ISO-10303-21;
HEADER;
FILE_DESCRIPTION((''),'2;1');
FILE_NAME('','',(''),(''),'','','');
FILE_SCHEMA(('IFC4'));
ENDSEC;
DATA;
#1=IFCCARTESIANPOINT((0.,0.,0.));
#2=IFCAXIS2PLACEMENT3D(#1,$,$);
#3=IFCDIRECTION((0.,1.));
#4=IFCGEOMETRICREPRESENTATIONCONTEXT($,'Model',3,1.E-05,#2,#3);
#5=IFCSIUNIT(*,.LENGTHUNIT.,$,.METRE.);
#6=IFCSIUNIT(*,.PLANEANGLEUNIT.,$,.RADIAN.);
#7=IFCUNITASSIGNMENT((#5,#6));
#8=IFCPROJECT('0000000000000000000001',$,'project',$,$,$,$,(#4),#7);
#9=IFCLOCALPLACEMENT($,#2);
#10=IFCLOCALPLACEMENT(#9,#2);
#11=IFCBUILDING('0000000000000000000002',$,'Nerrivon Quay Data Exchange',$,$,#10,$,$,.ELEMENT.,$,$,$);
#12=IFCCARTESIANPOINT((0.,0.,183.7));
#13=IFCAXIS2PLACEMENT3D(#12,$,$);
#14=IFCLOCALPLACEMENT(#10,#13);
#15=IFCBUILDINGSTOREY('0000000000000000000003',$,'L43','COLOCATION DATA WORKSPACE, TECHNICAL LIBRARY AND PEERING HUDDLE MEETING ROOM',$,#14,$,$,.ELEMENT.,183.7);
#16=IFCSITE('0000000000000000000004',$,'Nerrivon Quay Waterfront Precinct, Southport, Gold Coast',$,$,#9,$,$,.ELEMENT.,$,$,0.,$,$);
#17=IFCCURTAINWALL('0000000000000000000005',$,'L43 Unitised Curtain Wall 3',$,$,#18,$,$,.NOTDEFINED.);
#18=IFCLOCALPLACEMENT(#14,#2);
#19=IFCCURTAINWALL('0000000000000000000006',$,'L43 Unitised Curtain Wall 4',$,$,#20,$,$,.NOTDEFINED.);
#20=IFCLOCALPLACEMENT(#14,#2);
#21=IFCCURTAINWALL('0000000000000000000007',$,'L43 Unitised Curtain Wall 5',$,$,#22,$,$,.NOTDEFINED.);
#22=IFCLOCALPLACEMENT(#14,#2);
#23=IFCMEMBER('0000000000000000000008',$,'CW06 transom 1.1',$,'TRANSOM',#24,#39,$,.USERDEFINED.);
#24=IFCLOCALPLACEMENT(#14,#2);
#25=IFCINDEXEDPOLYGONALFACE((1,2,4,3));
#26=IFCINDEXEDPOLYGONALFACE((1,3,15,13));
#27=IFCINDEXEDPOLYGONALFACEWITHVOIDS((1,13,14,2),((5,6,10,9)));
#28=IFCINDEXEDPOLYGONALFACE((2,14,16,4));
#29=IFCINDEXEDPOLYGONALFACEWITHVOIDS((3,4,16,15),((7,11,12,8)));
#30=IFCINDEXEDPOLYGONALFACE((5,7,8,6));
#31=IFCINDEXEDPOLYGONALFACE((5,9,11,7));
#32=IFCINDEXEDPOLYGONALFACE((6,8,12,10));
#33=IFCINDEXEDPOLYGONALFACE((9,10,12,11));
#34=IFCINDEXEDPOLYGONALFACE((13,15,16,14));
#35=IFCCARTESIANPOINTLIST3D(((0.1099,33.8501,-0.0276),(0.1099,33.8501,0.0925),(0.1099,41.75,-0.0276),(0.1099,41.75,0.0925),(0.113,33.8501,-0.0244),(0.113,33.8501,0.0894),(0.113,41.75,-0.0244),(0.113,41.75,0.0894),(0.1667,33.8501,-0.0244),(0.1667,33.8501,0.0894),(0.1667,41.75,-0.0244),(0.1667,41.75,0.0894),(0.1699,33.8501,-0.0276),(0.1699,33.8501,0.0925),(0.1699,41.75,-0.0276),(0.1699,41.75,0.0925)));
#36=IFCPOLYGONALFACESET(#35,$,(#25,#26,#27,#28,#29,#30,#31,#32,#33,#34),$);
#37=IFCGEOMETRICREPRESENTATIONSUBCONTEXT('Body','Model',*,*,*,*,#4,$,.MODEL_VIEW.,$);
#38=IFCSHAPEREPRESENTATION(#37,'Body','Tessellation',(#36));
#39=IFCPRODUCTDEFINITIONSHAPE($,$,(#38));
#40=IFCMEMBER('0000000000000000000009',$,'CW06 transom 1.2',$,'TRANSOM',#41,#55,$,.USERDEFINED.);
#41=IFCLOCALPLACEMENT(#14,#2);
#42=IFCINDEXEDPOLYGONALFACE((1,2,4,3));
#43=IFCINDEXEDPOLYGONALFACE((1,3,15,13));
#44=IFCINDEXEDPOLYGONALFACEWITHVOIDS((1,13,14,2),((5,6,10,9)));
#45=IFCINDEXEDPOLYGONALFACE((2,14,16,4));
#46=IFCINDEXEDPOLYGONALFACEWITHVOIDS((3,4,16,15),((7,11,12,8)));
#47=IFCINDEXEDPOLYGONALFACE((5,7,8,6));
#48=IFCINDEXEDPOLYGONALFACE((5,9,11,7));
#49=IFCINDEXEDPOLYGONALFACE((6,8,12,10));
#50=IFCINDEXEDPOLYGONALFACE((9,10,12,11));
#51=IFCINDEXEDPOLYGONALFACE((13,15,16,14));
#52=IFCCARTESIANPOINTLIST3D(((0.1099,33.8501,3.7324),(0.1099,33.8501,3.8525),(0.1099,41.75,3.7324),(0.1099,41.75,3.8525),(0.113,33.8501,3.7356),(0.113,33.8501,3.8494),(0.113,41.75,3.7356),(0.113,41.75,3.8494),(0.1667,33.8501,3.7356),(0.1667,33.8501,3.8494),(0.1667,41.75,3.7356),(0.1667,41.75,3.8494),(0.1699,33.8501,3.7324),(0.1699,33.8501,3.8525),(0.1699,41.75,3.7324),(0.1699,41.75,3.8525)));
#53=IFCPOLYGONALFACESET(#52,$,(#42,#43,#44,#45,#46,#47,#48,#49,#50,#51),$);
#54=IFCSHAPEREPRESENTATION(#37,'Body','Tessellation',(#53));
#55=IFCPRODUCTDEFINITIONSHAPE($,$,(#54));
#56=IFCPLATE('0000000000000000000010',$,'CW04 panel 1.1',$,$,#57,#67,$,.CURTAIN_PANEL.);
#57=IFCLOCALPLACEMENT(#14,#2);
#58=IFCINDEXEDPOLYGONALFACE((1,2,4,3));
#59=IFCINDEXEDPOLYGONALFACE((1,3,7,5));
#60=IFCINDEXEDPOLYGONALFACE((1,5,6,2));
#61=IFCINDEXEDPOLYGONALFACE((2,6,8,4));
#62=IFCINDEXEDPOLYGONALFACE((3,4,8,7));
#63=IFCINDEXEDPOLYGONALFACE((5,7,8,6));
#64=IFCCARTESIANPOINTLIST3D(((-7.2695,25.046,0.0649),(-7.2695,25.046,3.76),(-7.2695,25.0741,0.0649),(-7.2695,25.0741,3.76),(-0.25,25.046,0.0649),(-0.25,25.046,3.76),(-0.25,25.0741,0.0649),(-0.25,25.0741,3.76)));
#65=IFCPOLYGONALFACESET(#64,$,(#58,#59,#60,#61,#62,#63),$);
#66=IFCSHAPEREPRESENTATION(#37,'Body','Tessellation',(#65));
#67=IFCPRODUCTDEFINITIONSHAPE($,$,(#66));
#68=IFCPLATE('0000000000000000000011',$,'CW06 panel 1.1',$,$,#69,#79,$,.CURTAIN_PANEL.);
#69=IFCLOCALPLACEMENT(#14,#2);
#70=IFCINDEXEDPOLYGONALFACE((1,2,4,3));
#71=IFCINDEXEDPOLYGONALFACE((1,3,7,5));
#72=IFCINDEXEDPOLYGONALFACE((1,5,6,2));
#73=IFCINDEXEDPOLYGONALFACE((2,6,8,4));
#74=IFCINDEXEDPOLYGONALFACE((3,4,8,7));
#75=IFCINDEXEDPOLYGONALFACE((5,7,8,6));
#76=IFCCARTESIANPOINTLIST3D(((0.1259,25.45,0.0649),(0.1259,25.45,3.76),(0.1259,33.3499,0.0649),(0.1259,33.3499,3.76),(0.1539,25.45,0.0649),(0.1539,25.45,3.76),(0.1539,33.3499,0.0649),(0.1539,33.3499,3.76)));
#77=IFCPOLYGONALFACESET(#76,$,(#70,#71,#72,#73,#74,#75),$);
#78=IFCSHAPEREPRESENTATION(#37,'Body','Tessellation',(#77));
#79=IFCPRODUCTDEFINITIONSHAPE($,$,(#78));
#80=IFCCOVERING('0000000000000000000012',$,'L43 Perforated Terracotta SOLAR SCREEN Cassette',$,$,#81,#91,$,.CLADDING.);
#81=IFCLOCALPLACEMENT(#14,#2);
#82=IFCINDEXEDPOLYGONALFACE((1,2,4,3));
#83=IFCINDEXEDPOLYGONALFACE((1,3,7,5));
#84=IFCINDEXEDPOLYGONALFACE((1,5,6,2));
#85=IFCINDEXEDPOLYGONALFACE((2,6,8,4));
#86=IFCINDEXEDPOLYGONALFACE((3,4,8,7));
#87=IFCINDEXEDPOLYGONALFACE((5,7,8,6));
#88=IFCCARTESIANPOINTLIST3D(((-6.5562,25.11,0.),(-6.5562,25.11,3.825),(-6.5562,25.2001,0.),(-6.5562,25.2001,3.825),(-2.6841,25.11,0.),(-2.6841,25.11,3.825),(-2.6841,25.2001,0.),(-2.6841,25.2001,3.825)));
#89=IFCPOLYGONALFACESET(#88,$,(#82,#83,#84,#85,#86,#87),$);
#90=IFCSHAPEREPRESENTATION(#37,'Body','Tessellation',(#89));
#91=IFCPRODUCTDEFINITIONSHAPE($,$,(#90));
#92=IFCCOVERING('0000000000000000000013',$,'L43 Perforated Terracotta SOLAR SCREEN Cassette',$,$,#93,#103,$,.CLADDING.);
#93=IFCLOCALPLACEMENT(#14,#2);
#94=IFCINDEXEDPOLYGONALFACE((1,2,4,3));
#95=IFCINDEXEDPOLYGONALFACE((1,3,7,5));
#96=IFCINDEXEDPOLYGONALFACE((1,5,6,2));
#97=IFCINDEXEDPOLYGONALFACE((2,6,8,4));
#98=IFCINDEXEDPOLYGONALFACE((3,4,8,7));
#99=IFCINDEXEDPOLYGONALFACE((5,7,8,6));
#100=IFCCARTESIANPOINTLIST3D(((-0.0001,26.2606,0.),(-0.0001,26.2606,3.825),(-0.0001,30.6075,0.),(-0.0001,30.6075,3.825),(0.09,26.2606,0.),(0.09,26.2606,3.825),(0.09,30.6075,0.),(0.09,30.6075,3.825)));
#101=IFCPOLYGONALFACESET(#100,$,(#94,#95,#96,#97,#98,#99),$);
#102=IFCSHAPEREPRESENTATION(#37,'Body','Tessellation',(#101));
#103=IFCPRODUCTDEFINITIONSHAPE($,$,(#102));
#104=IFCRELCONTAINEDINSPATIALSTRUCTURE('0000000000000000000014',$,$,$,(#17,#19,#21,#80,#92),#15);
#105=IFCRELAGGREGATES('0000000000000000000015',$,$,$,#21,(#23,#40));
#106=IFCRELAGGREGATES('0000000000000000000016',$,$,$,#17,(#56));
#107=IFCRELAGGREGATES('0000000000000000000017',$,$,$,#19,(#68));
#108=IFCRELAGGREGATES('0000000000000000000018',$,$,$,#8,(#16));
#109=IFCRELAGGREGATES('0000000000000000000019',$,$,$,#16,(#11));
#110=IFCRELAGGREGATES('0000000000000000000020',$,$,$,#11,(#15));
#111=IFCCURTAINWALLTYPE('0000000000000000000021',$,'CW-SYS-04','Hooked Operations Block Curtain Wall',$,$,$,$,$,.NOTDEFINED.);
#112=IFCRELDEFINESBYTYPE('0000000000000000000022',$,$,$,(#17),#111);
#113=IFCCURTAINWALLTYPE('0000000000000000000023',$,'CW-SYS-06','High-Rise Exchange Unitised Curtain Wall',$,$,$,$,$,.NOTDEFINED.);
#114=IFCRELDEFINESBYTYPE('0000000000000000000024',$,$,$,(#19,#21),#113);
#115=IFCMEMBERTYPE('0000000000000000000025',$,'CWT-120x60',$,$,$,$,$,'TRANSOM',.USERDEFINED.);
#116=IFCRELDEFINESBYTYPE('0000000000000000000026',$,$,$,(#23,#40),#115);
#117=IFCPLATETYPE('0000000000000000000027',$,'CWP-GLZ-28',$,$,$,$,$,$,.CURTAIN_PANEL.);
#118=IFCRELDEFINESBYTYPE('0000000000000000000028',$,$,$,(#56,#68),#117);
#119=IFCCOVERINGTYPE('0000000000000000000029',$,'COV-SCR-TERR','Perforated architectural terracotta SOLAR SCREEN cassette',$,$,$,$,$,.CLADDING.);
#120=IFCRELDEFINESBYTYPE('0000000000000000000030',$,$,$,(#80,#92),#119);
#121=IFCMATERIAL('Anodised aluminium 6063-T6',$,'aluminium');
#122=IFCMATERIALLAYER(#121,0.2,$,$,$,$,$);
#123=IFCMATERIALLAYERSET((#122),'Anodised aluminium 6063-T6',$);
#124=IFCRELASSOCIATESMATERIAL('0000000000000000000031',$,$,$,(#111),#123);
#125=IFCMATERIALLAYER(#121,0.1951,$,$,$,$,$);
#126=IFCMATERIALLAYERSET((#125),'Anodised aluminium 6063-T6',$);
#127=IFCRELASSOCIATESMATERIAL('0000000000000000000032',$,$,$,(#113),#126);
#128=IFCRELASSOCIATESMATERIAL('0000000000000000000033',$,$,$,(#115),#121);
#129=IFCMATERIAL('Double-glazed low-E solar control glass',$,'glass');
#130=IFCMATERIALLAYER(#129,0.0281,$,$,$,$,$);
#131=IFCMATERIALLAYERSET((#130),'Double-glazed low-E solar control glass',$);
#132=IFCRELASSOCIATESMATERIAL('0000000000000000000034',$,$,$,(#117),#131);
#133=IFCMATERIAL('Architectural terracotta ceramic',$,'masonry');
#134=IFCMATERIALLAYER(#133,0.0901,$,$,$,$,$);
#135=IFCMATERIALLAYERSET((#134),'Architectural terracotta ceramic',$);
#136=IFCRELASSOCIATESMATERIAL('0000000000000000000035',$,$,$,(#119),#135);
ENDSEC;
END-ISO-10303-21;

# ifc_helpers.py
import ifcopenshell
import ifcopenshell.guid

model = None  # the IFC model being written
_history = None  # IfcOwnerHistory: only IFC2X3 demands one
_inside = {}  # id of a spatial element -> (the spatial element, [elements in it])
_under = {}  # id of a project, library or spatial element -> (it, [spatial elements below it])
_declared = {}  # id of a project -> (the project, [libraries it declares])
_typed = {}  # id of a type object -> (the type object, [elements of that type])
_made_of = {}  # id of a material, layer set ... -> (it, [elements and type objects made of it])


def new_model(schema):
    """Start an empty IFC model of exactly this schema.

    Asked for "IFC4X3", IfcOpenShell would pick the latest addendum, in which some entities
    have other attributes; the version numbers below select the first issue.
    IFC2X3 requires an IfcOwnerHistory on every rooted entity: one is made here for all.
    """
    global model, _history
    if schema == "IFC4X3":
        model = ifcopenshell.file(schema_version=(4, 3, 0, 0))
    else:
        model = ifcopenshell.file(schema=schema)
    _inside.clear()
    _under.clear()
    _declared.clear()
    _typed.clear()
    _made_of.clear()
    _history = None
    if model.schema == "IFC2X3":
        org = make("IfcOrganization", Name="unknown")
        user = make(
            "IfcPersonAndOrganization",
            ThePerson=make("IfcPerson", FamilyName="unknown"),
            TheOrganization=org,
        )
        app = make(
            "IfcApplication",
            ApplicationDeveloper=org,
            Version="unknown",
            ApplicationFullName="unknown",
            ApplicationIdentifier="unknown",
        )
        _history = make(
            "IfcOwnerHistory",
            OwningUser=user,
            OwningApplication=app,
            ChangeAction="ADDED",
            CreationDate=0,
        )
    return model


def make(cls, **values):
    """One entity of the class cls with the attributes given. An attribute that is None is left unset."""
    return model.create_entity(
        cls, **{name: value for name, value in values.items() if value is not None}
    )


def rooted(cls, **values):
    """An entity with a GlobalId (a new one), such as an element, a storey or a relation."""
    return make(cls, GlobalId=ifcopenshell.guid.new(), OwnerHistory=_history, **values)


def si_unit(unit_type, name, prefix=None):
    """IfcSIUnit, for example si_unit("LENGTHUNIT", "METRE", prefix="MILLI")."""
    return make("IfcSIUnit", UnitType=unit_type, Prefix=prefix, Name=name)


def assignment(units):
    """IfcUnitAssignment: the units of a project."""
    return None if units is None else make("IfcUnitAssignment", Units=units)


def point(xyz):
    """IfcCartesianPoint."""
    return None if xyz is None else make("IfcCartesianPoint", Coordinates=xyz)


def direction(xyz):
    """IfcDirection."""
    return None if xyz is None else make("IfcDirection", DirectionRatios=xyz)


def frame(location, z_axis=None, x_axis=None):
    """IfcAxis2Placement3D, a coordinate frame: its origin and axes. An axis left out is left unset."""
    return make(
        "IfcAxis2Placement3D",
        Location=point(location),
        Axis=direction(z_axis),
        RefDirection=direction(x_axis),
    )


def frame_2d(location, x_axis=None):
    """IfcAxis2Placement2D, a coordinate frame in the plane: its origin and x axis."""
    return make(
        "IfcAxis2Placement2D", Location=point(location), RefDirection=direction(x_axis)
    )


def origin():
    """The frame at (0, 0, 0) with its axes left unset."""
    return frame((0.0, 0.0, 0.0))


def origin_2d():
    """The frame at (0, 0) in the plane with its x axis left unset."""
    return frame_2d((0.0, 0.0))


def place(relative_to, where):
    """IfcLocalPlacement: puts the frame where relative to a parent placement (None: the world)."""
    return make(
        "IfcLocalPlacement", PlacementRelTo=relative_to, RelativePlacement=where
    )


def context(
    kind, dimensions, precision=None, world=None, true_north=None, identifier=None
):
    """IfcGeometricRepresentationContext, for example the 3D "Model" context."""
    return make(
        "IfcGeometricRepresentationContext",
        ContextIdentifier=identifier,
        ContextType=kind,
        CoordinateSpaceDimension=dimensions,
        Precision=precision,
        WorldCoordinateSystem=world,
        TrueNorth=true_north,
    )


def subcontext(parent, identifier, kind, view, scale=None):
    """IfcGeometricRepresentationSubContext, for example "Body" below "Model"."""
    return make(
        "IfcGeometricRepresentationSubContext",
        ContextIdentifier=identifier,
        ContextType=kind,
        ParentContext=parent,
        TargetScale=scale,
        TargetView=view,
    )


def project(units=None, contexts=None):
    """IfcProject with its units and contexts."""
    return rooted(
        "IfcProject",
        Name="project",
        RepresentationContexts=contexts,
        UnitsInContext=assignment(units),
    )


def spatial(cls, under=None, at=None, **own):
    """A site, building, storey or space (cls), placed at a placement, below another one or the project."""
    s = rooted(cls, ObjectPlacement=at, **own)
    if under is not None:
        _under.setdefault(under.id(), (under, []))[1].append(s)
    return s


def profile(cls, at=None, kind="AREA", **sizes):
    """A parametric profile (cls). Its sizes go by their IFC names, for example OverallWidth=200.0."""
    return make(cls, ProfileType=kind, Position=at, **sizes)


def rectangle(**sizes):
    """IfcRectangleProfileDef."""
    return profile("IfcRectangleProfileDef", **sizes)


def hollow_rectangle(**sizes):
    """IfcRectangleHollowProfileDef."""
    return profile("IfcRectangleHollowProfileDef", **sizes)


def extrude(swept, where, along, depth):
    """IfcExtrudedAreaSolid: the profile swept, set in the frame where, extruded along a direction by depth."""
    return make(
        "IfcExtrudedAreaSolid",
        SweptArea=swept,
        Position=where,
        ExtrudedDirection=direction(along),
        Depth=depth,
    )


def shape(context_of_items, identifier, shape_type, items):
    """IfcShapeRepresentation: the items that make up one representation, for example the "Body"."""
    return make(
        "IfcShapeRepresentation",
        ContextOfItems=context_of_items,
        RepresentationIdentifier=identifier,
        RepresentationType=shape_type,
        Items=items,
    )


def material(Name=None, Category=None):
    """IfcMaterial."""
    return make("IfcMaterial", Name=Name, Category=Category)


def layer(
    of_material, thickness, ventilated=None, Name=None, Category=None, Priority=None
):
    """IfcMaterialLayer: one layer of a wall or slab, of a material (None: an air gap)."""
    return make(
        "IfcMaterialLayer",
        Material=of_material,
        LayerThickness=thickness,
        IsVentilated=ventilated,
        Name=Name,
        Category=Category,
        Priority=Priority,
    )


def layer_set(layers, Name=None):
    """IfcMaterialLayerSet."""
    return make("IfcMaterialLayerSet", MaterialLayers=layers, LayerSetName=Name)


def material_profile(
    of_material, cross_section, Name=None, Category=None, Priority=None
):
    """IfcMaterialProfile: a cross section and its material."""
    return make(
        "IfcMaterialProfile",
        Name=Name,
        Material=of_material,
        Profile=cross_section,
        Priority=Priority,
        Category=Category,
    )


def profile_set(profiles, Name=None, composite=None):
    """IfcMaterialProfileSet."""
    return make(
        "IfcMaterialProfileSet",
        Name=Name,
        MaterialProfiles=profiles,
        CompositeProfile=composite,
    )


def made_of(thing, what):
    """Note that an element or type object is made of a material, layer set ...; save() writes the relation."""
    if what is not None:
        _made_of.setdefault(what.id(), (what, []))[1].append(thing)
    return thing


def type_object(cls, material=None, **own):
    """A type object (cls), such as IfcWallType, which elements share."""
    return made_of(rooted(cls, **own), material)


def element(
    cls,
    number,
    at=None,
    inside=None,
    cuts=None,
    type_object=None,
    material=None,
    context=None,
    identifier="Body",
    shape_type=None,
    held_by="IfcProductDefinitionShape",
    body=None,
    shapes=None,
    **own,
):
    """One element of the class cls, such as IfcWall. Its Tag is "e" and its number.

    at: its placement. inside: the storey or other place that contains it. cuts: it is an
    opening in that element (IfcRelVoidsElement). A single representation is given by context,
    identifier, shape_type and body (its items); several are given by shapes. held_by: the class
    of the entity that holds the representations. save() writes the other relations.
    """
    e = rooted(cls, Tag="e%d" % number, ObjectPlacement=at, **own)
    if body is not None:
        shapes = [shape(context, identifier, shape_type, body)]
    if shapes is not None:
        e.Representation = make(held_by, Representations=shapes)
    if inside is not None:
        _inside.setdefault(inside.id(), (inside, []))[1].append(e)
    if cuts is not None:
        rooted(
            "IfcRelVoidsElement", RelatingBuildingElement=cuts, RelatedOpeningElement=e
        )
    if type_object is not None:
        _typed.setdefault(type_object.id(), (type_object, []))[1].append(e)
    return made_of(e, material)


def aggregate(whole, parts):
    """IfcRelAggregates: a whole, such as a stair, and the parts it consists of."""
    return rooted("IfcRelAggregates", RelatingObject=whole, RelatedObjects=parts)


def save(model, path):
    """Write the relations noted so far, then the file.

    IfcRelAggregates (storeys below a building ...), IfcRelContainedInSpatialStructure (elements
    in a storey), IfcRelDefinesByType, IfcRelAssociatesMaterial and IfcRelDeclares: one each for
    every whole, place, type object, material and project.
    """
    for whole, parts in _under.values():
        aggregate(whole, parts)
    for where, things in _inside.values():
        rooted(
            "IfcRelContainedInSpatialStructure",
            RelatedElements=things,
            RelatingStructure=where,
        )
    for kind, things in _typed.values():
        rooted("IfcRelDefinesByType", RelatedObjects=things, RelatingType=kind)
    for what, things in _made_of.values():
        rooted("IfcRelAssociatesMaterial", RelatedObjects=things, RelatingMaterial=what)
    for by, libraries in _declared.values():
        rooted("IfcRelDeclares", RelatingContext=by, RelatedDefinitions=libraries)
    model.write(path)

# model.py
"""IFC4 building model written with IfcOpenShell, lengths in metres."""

from ifc_helpers import new_model, si_unit, direction, frame, origin, origin_2d, place, context, subcontext, project, spatial, rectangle, hollow_rectangle, extrude, material, layer, layer_set, material_profile, profile_set, type_object, element, aggregate, save


model = new_model("IFC4")

# Units and contexts
model_context = context("Model", 3, precision=1e-05, world=origin(), true_north=direction((0.0, 1.0)))
body_context = subcontext(model_context, "Body", "Model", "MODEL_VIEW")
ifc_project = project(units=[si_unit("LENGTHUNIT", "METRE"), si_unit("PLANEANGLEUNIT", "RADIAN")], contexts=[model_context])

# Site, building, storey
site_placement = place(None, origin())
site = spatial("IfcSite", under=ifc_project, at=site_placement, Name="Nerrivon Quay Waterfront Precinct, Southport, Gold Coast", CompositionType="ELEMENT", RefElevation=0.0)
building_placement = place(site_placement, origin())
building = spatial("IfcBuilding", under=site, at=building_placement, Name="Nerrivon Quay Data Exchange", CompositionType="ELEMENT")
storey_placement = place(building_placement, frame((0.0, 0.0, 183.7)))
storey = spatial("IfcBuildingStorey", under=building, at=storey_placement, Name="L43", Description="COLOCATION DATA WORKSPACE, TECHNICAL LIBRARY AND PEERING HUDDLE MEETING ROOM", CompositionType="ELEMENT", Elevation=183.7)

# Curtain wall
ifc_material_1 = material(Name="Anodised aluminium 6063-T6", Category="aluminium")
ifc_layer_1 = layer(ifc_material_1, 0.2)
ifc_layer_set_1 = layer_set([ifc_layer_1], Name="Anodised aluminium 6063-T6")
curtain_wall_type_1 = type_object("IfcCurtainWallType", Name="CW-SYS-04", Description="Hooked Operations Block Curtain Wall", PredefinedType="NOTDEFINED", material=ifc_layer_set_1)
curtain_wall_1_placement = place(storey_placement, origin())
curtain_wall_1 = element("IfcCurtainWall", 1, at=curtain_wall_1_placement, inside=storey, type_object=curtain_wall_type_1, Name="L43 Unitised Curtain Wall 3", PredefinedType="NOTDEFINED")

# Curtain wall
ifc_layer_2 = layer(ifc_material_1, 0.1951)
ifc_layer_set_2 = layer_set([ifc_layer_2], Name="Anodised aluminium 6063-T6")
curtain_wall_type_2 = type_object("IfcCurtainWallType", Name="CW-SYS-06", Description="High-Rise Exchange Unitised Curtain Wall", PredefinedType="NOTDEFINED", material=ifc_layer_set_2)
curtain_wall_2_placement = place(storey_placement, origin())
curtain_wall_2 = element("IfcCurtainWall", 2, at=curtain_wall_2_placement, inside=storey, type_object=curtain_wall_type_2, Name="L43 Unitised Curtain Wall 4", PredefinedType="NOTDEFINED")

# Curtain wall
curtain_wall_3_placement = place(storey_placement, origin())
curtain_wall_3 = element("IfcCurtainWall", 3, at=curtain_wall_3_placement, inside=storey, type_object=curtain_wall_type_2, Name="L43 Unitised Curtain Wall 5", PredefinedType="NOTDEFINED")

# Members
ifc_material_profile_1 = material_profile(ifc_material_1, hollow_rectangle(XDim=0.0601, YDim=0.1201, WallThickness=0.0032, at=origin_2d()), Name="ALU-TRAN-120x60")
ifc_profile_set_1 = profile_set([ifc_material_profile_1], Name="Anodised aluminium 6063-T6")
member_type_1 = type_object("IfcMemberType", Name="CWT-120x60", ElementType="TRANSOM", PredefinedType="USERDEFINED", material=ifc_profile_set_1)
member_1_placement = place(storey_placement, frame((0.1399, 33.8501, 0.0325), z_axis=(0.0, 1.0, 0.0), x_axis=(-1.0, 0.0, 0.0)))
member_1 = element("IfcMember", 4, at=member_1_placement, type_object=member_type_1, Name="CW06 transom 1.1", ObjectType="TRANSOM", PredefinedType="USERDEFINED", context=body_context, shape_type="SweptSolid", body=[
    extrude(hollow_rectangle(XDim=0.0601, YDim=0.1201, WallThickness=0.0032, at=origin_2d()), origin(), (0.0, 0.0, 1.0), 7.8999),
])
member_2_placement = place(storey_placement, frame((0.1399, 33.8501, 3.7925), z_axis=(0.0, 1.0, 0.0), x_axis=(-1.0, 0.0, 0.0)))
member_2 = element("IfcMember", 5, at=member_2_placement, type_object=member_type_1, Name="CW06 transom 1.2", ObjectType="TRANSOM", PredefinedType="USERDEFINED", context=body_context, shape_type="SweptSolid", body=[
    extrude(hollow_rectangle(XDim=0.0601, YDim=0.1201, WallThickness=0.0032, at=origin_2d()), origin(), (0.0, 0.0, 1.0), 7.8999),
])
aggregate(curtain_wall_3, [member_1, member_2])

# Plates
ifc_material_2 = material(Name="Double-glazed low-E solar control glass", Category="glass")
ifc_layer_3 = layer(ifc_material_2, 0.0281)
ifc_layer_set_3 = layer_set([ifc_layer_3], Name="Double-glazed low-E solar control glass")
plate_type = type_object("IfcPlateType", Name="CWP-GLZ-28", PredefinedType="CURTAIN_PANEL", material=ifc_layer_set_3)
plate_1_placement = place(storey_placement, frame((-3.7598, 25.0601, 0.0649), z_axis=(0.0, 0.0, 1.0), x_axis=(1.0, 0.0, 0.0)))
plate_1 = element("IfcPlate", 6, at=plate_1_placement, type_object=plate_type, Name="CW04 panel 1.1", PredefinedType="CURTAIN_PANEL", context=body_context, shape_type="SweptSolid", body=[
    extrude(rectangle(XDim=7.0195, YDim=0.0281, at=origin_2d()), origin(), (0.0, 0.0, 1.0), 3.6951),
])
aggregate(curtain_wall_1, [plate_1])
plate_2_placement = place(storey_placement, frame((0.1399, 29.3999, 0.0649), z_axis=(0.0, 0.0, 1.0), x_axis=(0.0, 1.0, 0.0)))
plate_2 = element("IfcPlate", 7, at=plate_2_placement, type_object=plate_type, Name="CW06 panel 1.1", PredefinedType="CURTAIN_PANEL", context=body_context, shape_type="SweptSolid", body=[
    extrude(rectangle(XDim=7.8999, YDim=0.0281, at=origin_2d()), origin(), (0.0, 0.0, 1.0), 3.6951),
])
aggregate(curtain_wall_2, [plate_2])

# Coverings
ifc_material_3 = material(Name="Architectural terracotta ceramic", Category="masonry")
ifc_layer_4 = layer(ifc_material_3, 0.0901)
ifc_layer_set_4 = layer_set([ifc_layer_4], Name="Architectural terracotta ceramic")
covering_type = type_object("IfcCoveringType", Name="COV-SCR-TERR", Description="Perforated architectural terracotta SOLAR SCREEN cassette", PredefinedType="CLADDING", material=ifc_layer_set_4)
covering_1_placement = place(storey_placement, frame((-4.6201, 25.155, 0.0), z_axis=(0.0, 0.0, 1.0), x_axis=(1.0, 0.0, 0.0)))
element("IfcCovering", 8, at=covering_1_placement, inside=storey, type_object=covering_type, Name="L43 Perforated Terracotta SOLAR SCREEN Cassette", PredefinedType="CLADDING", context=body_context, shape_type="SweptSolid", body=[
    extrude(rectangle(XDim=3.8721, YDim=0.0901, at=origin_2d()), origin(), (0.0, 0.0, 1.0), 3.825),
])
covering_2_placement = place(storey_placement, frame((0.0449, 28.4341, 0.0), z_axis=(0.0, 0.0, 1.0), x_axis=(0.0, 1.0, 0.0)))
element("IfcCovering", 9, at=covering_2_placement, inside=storey, type_object=covering_type, Name="L43 Perforated Terracotta SOLAR SCREEN Cassette", PredefinedType="CLADDING", context=body_context, shape_type="SweptSolid", body=[
    extrude(rectangle(XDim=4.3469, YDim=0.0901, at=origin_2d()), origin(), (0.0, 0.0, 1.0), 3.825),
])

save(model, "model.ifc")
